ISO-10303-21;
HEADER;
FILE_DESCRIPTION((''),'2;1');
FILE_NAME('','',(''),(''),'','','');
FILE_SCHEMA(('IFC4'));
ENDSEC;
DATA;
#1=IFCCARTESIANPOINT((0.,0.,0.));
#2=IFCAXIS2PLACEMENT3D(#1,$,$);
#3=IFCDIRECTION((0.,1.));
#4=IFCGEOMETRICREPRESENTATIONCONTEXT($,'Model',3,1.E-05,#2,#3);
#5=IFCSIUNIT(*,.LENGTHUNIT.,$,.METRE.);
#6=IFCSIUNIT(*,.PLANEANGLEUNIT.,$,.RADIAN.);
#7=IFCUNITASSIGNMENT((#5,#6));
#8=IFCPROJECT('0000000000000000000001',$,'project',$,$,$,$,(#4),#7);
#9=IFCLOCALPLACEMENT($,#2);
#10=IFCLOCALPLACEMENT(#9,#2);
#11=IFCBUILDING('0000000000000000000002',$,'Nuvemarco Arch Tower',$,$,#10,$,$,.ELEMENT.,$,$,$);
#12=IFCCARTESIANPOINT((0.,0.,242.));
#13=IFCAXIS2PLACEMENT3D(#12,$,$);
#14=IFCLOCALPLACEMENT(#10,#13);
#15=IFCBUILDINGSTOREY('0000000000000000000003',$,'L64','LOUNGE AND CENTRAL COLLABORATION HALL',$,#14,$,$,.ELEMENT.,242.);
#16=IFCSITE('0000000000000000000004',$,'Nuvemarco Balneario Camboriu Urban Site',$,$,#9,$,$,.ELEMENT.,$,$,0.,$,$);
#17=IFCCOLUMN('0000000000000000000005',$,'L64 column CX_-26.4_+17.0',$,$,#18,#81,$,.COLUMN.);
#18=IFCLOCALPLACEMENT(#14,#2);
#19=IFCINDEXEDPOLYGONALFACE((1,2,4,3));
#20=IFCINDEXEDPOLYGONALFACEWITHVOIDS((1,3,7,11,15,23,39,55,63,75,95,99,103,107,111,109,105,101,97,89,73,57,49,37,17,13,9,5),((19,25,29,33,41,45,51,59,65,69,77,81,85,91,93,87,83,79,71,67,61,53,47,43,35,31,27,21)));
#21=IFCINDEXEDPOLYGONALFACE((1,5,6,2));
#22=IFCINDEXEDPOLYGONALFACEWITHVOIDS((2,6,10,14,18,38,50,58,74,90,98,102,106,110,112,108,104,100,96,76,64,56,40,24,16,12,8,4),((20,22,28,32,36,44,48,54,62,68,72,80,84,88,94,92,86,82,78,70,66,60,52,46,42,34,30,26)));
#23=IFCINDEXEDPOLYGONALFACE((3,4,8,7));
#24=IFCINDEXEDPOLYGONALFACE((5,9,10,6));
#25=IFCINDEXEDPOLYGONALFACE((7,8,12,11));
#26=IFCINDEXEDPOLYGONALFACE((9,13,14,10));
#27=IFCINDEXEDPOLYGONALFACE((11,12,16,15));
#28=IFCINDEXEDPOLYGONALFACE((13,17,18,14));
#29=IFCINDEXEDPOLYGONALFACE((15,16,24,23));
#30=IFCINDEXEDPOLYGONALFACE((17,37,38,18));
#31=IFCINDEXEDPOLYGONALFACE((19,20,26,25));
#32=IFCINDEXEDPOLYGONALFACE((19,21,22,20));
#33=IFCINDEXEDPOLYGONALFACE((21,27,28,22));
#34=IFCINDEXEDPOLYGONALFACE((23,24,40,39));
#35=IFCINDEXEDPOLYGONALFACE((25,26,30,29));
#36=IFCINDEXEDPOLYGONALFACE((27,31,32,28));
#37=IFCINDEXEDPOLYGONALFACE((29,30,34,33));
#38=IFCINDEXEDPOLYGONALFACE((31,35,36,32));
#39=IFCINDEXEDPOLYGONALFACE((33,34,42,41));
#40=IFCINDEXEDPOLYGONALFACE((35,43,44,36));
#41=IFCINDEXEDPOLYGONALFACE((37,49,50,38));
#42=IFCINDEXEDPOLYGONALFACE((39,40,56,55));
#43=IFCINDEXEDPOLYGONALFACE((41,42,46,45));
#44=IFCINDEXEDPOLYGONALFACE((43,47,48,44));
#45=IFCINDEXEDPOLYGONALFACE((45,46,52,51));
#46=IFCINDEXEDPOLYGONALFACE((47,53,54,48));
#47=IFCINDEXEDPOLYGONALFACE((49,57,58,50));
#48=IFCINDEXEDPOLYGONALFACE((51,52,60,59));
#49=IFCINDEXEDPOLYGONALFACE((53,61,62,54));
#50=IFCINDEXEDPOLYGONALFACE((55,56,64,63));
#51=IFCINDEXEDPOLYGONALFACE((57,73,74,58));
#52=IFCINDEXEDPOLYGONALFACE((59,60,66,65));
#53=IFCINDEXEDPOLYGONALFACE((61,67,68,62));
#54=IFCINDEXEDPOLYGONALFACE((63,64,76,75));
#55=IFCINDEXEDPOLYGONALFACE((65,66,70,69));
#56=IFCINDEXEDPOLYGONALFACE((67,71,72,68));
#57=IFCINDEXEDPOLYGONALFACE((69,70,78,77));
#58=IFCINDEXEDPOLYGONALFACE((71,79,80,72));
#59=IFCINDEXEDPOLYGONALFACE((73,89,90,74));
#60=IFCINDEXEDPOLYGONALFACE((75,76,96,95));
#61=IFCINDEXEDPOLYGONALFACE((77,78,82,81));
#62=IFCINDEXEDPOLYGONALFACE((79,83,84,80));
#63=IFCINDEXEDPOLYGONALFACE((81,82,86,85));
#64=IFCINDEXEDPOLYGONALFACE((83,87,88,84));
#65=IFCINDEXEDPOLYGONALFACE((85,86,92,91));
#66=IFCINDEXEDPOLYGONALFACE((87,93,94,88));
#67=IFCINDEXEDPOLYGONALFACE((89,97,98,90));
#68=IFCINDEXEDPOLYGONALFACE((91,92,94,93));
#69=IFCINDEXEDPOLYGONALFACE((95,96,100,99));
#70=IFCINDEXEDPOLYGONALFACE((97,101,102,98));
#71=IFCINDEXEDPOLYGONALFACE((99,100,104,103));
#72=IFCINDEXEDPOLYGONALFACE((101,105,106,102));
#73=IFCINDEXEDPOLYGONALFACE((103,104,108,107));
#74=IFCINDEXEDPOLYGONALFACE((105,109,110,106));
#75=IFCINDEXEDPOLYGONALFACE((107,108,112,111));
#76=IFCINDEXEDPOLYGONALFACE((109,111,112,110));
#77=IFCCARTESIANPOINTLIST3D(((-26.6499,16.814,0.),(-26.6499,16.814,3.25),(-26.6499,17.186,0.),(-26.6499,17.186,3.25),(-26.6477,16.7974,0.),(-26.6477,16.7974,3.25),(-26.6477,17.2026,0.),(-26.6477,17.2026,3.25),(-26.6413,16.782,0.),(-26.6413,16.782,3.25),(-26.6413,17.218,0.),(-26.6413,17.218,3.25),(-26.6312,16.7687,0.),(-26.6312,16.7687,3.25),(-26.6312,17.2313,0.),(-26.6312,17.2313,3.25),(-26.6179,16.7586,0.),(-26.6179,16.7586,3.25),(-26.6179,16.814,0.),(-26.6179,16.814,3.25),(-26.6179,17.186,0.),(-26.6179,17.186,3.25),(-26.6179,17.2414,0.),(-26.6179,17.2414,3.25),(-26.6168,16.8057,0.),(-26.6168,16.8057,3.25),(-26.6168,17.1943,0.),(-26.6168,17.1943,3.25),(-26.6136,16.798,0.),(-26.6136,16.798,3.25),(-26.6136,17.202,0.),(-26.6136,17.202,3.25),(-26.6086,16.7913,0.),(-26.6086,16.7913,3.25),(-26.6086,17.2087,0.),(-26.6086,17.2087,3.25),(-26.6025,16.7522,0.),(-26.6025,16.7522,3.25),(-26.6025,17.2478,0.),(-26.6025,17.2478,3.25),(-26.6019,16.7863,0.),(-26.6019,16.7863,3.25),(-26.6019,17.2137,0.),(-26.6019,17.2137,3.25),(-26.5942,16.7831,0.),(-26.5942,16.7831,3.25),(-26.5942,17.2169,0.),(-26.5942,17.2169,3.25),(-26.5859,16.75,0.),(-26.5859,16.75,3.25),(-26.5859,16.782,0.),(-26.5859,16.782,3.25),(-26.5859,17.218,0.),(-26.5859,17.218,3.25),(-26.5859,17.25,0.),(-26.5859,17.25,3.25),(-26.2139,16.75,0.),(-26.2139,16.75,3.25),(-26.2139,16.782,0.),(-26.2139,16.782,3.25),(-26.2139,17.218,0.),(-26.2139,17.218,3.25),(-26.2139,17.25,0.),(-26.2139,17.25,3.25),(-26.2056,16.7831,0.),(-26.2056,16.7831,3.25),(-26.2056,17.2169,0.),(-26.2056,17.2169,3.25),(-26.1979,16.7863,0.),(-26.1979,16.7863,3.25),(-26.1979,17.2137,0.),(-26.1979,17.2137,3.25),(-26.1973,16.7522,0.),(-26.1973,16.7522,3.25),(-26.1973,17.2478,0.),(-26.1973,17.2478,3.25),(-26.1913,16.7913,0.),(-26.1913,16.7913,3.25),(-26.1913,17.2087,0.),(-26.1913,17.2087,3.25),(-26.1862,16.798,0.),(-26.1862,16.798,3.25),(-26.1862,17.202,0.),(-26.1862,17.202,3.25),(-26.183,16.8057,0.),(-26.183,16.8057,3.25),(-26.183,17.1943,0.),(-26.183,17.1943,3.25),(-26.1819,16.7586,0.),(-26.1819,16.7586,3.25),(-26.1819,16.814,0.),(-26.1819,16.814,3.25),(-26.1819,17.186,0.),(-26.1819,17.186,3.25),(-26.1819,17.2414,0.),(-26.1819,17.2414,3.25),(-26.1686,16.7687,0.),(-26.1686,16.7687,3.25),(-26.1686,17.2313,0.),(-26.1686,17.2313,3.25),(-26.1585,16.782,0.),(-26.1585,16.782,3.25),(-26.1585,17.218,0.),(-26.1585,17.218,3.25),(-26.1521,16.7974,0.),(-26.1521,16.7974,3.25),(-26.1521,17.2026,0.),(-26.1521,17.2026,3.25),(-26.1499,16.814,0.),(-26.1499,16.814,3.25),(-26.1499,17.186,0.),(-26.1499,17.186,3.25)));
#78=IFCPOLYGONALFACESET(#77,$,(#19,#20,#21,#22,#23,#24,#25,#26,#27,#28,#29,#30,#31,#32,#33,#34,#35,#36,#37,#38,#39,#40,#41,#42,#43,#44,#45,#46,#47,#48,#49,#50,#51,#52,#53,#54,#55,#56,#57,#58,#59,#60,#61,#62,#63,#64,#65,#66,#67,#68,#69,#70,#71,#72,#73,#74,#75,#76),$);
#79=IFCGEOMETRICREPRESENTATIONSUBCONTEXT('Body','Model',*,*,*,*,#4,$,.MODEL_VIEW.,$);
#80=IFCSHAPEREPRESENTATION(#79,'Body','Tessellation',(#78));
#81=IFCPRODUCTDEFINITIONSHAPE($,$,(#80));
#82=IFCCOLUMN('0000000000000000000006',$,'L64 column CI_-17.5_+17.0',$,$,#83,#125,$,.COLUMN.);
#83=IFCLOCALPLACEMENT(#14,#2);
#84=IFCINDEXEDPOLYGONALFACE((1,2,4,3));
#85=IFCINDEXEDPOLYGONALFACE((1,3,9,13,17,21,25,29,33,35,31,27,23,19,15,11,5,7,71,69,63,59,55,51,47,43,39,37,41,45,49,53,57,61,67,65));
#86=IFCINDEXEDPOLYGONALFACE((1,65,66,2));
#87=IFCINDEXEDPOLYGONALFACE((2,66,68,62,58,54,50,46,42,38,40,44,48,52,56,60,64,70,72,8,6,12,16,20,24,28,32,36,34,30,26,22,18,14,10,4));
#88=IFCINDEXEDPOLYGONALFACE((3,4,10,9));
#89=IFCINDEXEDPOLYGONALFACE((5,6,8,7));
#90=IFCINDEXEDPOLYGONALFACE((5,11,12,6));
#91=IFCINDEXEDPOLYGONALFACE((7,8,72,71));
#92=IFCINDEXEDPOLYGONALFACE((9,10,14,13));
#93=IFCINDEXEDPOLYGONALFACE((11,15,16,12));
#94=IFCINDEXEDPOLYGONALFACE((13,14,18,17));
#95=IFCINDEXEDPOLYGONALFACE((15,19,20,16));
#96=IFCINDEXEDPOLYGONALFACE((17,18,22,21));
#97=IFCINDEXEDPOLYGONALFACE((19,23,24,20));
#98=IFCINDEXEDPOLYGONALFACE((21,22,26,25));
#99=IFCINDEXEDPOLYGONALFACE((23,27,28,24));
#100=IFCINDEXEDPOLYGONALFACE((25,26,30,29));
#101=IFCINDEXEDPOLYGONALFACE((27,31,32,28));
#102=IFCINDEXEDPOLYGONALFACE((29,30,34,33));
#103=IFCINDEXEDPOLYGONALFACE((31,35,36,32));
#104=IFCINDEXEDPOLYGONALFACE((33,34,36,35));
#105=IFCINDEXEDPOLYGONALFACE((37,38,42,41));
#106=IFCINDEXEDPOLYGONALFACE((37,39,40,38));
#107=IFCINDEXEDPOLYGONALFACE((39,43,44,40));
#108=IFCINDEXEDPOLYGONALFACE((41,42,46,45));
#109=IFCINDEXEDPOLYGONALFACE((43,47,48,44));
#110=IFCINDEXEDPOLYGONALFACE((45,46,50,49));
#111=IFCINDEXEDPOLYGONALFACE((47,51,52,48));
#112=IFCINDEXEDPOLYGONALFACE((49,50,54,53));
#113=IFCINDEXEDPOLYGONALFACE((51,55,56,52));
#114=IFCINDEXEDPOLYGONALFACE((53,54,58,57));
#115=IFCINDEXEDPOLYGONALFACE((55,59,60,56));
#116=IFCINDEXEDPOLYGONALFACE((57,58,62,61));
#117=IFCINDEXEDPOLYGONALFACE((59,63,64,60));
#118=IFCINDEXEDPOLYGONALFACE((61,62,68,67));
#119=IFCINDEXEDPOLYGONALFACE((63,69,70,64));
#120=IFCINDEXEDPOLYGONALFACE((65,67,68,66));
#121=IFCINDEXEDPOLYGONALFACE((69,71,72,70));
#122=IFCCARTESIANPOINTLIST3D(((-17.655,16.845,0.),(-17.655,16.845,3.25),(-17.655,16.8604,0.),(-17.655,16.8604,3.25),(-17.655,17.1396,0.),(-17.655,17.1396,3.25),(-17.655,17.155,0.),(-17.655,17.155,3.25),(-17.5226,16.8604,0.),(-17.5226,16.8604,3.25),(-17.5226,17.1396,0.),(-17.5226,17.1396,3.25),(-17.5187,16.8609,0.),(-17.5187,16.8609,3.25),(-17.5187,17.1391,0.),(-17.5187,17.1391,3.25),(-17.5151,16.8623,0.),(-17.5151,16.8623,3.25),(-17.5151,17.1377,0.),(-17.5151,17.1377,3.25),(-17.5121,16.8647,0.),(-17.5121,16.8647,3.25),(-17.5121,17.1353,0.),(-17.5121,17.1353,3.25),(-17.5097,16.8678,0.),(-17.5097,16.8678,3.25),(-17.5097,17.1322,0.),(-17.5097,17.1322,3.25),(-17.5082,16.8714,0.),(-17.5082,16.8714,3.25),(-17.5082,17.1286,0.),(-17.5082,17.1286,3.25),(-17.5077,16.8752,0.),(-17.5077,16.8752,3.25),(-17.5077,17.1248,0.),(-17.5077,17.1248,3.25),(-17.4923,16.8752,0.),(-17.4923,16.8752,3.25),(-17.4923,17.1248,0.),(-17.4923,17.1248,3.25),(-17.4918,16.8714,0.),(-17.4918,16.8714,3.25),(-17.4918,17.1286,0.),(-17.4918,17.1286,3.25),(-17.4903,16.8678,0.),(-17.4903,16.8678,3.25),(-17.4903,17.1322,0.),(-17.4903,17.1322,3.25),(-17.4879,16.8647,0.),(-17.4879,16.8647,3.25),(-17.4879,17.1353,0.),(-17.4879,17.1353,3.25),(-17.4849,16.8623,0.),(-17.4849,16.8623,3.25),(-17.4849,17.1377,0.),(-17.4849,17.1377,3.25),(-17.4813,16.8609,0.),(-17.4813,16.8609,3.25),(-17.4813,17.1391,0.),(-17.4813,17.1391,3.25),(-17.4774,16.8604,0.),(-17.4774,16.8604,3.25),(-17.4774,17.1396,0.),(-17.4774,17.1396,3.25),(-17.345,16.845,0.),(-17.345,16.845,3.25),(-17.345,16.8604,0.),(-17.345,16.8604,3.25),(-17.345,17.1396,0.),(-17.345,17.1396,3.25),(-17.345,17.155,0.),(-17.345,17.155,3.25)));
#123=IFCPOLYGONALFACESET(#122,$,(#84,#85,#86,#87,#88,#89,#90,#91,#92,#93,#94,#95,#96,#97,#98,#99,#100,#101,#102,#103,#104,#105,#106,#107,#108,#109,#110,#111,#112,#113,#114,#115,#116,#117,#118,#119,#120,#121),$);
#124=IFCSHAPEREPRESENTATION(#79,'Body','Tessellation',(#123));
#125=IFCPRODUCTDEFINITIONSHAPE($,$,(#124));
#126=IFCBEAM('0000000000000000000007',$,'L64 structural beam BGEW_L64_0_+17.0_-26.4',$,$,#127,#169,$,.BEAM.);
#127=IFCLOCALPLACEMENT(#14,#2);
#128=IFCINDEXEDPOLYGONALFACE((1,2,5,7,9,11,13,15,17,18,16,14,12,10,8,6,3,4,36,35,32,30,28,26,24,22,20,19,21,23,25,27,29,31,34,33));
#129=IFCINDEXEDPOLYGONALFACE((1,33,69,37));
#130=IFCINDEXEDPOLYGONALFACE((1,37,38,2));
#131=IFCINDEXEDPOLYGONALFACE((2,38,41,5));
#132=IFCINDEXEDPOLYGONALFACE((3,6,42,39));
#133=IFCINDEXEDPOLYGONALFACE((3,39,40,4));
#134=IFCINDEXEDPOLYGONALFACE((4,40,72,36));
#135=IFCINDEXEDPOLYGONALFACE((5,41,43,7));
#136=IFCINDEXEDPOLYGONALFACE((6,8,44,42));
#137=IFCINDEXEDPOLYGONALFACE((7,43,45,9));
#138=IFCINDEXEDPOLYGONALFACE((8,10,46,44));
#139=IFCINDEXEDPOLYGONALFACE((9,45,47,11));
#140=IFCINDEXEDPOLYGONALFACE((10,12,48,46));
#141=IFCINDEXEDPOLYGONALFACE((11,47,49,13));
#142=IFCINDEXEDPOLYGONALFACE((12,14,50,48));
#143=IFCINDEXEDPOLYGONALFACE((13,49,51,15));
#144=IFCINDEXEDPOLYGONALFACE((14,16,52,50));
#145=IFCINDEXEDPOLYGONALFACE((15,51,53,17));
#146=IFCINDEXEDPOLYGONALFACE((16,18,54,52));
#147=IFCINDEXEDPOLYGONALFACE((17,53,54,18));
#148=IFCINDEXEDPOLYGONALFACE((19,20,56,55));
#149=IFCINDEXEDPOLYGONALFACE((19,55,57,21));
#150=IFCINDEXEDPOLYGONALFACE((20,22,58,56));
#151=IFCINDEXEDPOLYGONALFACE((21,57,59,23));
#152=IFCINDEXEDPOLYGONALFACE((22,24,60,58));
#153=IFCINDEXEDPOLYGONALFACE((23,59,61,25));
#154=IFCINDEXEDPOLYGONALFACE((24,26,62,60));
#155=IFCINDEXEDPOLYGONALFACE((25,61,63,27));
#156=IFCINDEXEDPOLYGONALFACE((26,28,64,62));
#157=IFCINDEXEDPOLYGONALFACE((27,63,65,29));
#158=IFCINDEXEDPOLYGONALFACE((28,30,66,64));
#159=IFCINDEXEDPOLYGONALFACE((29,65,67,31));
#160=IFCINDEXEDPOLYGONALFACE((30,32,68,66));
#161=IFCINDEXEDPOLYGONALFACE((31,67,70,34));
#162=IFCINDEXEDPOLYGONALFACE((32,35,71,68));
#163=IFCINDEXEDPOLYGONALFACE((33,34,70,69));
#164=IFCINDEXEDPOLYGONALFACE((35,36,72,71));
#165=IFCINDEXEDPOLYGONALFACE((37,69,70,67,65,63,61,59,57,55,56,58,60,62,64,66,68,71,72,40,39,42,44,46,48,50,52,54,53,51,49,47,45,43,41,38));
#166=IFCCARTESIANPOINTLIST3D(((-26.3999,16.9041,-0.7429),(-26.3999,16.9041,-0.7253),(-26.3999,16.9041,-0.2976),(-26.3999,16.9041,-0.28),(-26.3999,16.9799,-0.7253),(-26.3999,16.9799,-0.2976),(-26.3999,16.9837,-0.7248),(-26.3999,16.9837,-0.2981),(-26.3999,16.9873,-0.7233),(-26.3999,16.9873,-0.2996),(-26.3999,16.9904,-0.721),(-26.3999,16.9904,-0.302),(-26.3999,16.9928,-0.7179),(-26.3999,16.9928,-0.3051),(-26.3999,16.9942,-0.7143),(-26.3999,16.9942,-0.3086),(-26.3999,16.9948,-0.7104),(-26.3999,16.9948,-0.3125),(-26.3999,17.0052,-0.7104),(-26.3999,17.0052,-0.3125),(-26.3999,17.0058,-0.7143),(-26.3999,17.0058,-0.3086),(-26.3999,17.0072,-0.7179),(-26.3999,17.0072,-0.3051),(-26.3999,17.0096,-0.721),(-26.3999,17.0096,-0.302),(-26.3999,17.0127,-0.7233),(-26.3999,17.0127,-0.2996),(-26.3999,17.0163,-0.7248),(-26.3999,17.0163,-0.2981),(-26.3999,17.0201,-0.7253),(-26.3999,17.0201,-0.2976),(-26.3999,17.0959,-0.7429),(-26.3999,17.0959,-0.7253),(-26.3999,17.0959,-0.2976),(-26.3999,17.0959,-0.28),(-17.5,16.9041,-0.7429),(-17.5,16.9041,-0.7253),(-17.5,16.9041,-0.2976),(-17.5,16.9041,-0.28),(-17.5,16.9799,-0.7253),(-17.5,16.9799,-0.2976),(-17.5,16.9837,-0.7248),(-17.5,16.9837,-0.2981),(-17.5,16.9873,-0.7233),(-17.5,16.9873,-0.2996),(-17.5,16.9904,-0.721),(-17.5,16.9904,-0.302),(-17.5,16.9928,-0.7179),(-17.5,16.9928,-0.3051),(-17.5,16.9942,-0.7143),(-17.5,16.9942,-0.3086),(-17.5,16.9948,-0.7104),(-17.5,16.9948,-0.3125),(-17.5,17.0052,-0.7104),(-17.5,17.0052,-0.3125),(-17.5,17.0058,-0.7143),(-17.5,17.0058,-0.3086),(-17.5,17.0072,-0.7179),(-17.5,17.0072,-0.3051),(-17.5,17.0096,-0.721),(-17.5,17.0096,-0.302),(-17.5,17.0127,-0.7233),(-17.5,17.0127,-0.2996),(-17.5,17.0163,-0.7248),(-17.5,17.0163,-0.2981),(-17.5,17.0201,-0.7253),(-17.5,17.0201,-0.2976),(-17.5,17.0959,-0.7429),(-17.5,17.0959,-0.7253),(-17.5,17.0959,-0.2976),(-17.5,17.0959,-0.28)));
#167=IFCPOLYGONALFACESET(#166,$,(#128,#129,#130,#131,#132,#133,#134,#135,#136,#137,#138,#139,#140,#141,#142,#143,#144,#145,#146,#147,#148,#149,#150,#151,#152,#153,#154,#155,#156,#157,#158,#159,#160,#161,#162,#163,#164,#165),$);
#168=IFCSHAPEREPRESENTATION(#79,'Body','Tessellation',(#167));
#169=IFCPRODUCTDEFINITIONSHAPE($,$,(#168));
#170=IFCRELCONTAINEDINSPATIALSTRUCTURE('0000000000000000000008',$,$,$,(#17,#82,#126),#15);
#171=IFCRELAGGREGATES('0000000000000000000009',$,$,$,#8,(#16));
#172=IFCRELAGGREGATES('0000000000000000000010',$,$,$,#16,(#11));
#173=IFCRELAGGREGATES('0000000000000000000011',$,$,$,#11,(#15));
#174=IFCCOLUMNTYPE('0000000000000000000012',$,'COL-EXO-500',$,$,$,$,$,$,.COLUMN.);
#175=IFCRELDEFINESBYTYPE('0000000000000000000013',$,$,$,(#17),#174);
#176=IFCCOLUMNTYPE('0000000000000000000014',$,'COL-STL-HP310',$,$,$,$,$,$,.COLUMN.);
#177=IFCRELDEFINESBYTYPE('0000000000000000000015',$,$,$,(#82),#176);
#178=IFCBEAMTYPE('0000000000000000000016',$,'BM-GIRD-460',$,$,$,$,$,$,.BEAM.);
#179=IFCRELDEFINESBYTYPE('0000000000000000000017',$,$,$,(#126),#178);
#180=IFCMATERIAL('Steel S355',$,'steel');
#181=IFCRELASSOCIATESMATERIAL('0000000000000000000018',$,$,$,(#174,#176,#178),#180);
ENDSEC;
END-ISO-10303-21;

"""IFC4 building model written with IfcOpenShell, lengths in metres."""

from ifc_helpers import new_model, si_unit, direction, frame, origin, origin_2d, place, context, subcontext, project, spatial, hollow_rectangle, i_section, extrude, material, material_profile, profile_set, type_object, element, save


model = new_model("IFC4")

# Units and contexts
model_context = context("Model", 3, precision=1e-05, world=origin(), true_north=direction((0.0, 1.0)))
body_context = subcontext(model_context, "Body", "Model", "MODEL_VIEW")
ifc_project = project(units=[si_unit("LENGTHUNIT", "METRE"), si_unit("PLANEANGLEUNIT", "RADIAN")], contexts=[model_context])

# Site, building, storey
site_placement = place(None, origin())
site = spatial("IfcSite", under=ifc_project, at=site_placement, Name="Nuvemarco Balneario Camboriu Urban Site", CompositionType="ELEMENT", RefElevation=0.0)
building_placement = place(site_placement, origin())
building = spatial("IfcBuilding", under=site, at=building_placement, Name="Nuvemarco Arch Tower", CompositionType="ELEMENT")
storey_placement = place(building_placement, frame((0.0, 0.0, 242.0)))
storey = spatial("IfcBuildingStorey", under=building, at=storey_placement, Name="L64", Description="LOUNGE AND CENTRAL COLLABORATION HALL", CompositionType="ELEMENT", Elevation=242.0)

# Columns
ifc_material_1 = material(Name="Steel S355", Category="steel")
ifc_material_profile_1 = material_profile(ifc_material_1, hollow_rectangle(XDim=0.5, YDim=0.5, WallThickness=0.032, InnerFilletRadius=0.032, OuterFilletRadius=0.064, at=origin_2d()), Name="SHS500x500x32")
ifc_profile_set_1 = profile_set([ifc_material_profile_1], Name="Steel S355")
column_type_1 = type_object("IfcColumnType", Name="COL-EXO-500", PredefinedType="COLUMN", material=ifc_profile_set_1)
column_1_placement = place(storey_placement, frame((-26.3999, 17.0, 0.0), z_axis=(0.0, 0.0, 1.0), x_axis=(1.0, 0.0, 0.0)))
element("IfcColumn", 1, at=column_1_placement, inside=storey, type_object=column_type_1, Name="L64 column CX_-26.4_+17.0", PredefinedType="COLUMN", context=body_context, shape_type="SweptSolid", body=[
    extrude(hollow_rectangle(XDim=0.5, YDim=0.5, WallThickness=0.032, InnerFilletRadius=0.032, OuterFilletRadius=0.064, at=origin_2d()), origin(), (0.0, 0.0, 1.0), 3.25),
])
ifc_material_profile_2 = material_profile(ifc_material_1, i_section(OverallWidth=0.3101, OverallDepth=0.3101, WebThickness=0.0154, FlangeThickness=0.0154, FilletRadius=0.0149, at=origin_2d()), Name="HP310x110")
ifc_profile_set_2 = profile_set([ifc_material_profile_2], Name="Steel S355")
column_type_2 = type_object("IfcColumnType", Name="COL-STL-HP310", PredefinedType="COLUMN", material=ifc_profile_set_2)
column_2_placement = place(storey_placement, frame((-17.5, 17.0, 0.0), z_axis=(0.0, 0.0, 1.0), x_axis=(1.0, 0.0, 0.0)))
element("IfcColumn", 2, at=column_2_placement, inside=storey, type_object=column_type_2, Name="L64 column CI_-17.5_+17.0", PredefinedType="COLUMN", context=body_context, shape_type="SweptSolid", body=[
    extrude(i_section(OverallWidth=0.3101, OverallDepth=0.3101, WebThickness=0.0154, FlangeThickness=0.0154, FilletRadius=0.0149, at=origin_2d()), origin(), (0.0, 0.0, 1.0), 3.25),
])

# Beam
ifc_material_profile_3 = material_profile(ifc_material_1, i_section(OverallWidth=0.1919, OverallDepth=0.4629, WebThickness=0.0105, FlangeThickness=0.0176, FilletRadius=0.0149, at=origin_2d()), Name="W460x89")
ifc_profile_set_3 = profile_set([ifc_material_profile_3], Name="Steel S355")
beam_type_1 = type_object("IfcBeamType", Name="BM-GIRD-460", PredefinedType="BEAM", material=ifc_profile_set_3)
beam_1_placement = place(storey_placement, frame((-26.3999, 17.0, -0.5115), z_axis=(1.0, 0.0, 0.0), x_axis=(0.0, 1.0, 0.0)))
element("IfcBeam", 3, at=beam_1_placement, inside=storey, type_object=beam_type_1, Name="L64 structural beam BGEW_L64_0_+17.0_-26.4", PredefinedType="BEAM", context=body_context, shape_type="SweptSolid", body=[
    extrude(i_section(OverallWidth=0.1919, OverallDepth=0.4629, WebThickness=0.0105, FlangeThickness=0.0176, FilletRadius=0.0149, at=origin_2d()), origin(), (0.0, 0.0, 1.0), 8.8999),
])

save(model, "model.ifc")
